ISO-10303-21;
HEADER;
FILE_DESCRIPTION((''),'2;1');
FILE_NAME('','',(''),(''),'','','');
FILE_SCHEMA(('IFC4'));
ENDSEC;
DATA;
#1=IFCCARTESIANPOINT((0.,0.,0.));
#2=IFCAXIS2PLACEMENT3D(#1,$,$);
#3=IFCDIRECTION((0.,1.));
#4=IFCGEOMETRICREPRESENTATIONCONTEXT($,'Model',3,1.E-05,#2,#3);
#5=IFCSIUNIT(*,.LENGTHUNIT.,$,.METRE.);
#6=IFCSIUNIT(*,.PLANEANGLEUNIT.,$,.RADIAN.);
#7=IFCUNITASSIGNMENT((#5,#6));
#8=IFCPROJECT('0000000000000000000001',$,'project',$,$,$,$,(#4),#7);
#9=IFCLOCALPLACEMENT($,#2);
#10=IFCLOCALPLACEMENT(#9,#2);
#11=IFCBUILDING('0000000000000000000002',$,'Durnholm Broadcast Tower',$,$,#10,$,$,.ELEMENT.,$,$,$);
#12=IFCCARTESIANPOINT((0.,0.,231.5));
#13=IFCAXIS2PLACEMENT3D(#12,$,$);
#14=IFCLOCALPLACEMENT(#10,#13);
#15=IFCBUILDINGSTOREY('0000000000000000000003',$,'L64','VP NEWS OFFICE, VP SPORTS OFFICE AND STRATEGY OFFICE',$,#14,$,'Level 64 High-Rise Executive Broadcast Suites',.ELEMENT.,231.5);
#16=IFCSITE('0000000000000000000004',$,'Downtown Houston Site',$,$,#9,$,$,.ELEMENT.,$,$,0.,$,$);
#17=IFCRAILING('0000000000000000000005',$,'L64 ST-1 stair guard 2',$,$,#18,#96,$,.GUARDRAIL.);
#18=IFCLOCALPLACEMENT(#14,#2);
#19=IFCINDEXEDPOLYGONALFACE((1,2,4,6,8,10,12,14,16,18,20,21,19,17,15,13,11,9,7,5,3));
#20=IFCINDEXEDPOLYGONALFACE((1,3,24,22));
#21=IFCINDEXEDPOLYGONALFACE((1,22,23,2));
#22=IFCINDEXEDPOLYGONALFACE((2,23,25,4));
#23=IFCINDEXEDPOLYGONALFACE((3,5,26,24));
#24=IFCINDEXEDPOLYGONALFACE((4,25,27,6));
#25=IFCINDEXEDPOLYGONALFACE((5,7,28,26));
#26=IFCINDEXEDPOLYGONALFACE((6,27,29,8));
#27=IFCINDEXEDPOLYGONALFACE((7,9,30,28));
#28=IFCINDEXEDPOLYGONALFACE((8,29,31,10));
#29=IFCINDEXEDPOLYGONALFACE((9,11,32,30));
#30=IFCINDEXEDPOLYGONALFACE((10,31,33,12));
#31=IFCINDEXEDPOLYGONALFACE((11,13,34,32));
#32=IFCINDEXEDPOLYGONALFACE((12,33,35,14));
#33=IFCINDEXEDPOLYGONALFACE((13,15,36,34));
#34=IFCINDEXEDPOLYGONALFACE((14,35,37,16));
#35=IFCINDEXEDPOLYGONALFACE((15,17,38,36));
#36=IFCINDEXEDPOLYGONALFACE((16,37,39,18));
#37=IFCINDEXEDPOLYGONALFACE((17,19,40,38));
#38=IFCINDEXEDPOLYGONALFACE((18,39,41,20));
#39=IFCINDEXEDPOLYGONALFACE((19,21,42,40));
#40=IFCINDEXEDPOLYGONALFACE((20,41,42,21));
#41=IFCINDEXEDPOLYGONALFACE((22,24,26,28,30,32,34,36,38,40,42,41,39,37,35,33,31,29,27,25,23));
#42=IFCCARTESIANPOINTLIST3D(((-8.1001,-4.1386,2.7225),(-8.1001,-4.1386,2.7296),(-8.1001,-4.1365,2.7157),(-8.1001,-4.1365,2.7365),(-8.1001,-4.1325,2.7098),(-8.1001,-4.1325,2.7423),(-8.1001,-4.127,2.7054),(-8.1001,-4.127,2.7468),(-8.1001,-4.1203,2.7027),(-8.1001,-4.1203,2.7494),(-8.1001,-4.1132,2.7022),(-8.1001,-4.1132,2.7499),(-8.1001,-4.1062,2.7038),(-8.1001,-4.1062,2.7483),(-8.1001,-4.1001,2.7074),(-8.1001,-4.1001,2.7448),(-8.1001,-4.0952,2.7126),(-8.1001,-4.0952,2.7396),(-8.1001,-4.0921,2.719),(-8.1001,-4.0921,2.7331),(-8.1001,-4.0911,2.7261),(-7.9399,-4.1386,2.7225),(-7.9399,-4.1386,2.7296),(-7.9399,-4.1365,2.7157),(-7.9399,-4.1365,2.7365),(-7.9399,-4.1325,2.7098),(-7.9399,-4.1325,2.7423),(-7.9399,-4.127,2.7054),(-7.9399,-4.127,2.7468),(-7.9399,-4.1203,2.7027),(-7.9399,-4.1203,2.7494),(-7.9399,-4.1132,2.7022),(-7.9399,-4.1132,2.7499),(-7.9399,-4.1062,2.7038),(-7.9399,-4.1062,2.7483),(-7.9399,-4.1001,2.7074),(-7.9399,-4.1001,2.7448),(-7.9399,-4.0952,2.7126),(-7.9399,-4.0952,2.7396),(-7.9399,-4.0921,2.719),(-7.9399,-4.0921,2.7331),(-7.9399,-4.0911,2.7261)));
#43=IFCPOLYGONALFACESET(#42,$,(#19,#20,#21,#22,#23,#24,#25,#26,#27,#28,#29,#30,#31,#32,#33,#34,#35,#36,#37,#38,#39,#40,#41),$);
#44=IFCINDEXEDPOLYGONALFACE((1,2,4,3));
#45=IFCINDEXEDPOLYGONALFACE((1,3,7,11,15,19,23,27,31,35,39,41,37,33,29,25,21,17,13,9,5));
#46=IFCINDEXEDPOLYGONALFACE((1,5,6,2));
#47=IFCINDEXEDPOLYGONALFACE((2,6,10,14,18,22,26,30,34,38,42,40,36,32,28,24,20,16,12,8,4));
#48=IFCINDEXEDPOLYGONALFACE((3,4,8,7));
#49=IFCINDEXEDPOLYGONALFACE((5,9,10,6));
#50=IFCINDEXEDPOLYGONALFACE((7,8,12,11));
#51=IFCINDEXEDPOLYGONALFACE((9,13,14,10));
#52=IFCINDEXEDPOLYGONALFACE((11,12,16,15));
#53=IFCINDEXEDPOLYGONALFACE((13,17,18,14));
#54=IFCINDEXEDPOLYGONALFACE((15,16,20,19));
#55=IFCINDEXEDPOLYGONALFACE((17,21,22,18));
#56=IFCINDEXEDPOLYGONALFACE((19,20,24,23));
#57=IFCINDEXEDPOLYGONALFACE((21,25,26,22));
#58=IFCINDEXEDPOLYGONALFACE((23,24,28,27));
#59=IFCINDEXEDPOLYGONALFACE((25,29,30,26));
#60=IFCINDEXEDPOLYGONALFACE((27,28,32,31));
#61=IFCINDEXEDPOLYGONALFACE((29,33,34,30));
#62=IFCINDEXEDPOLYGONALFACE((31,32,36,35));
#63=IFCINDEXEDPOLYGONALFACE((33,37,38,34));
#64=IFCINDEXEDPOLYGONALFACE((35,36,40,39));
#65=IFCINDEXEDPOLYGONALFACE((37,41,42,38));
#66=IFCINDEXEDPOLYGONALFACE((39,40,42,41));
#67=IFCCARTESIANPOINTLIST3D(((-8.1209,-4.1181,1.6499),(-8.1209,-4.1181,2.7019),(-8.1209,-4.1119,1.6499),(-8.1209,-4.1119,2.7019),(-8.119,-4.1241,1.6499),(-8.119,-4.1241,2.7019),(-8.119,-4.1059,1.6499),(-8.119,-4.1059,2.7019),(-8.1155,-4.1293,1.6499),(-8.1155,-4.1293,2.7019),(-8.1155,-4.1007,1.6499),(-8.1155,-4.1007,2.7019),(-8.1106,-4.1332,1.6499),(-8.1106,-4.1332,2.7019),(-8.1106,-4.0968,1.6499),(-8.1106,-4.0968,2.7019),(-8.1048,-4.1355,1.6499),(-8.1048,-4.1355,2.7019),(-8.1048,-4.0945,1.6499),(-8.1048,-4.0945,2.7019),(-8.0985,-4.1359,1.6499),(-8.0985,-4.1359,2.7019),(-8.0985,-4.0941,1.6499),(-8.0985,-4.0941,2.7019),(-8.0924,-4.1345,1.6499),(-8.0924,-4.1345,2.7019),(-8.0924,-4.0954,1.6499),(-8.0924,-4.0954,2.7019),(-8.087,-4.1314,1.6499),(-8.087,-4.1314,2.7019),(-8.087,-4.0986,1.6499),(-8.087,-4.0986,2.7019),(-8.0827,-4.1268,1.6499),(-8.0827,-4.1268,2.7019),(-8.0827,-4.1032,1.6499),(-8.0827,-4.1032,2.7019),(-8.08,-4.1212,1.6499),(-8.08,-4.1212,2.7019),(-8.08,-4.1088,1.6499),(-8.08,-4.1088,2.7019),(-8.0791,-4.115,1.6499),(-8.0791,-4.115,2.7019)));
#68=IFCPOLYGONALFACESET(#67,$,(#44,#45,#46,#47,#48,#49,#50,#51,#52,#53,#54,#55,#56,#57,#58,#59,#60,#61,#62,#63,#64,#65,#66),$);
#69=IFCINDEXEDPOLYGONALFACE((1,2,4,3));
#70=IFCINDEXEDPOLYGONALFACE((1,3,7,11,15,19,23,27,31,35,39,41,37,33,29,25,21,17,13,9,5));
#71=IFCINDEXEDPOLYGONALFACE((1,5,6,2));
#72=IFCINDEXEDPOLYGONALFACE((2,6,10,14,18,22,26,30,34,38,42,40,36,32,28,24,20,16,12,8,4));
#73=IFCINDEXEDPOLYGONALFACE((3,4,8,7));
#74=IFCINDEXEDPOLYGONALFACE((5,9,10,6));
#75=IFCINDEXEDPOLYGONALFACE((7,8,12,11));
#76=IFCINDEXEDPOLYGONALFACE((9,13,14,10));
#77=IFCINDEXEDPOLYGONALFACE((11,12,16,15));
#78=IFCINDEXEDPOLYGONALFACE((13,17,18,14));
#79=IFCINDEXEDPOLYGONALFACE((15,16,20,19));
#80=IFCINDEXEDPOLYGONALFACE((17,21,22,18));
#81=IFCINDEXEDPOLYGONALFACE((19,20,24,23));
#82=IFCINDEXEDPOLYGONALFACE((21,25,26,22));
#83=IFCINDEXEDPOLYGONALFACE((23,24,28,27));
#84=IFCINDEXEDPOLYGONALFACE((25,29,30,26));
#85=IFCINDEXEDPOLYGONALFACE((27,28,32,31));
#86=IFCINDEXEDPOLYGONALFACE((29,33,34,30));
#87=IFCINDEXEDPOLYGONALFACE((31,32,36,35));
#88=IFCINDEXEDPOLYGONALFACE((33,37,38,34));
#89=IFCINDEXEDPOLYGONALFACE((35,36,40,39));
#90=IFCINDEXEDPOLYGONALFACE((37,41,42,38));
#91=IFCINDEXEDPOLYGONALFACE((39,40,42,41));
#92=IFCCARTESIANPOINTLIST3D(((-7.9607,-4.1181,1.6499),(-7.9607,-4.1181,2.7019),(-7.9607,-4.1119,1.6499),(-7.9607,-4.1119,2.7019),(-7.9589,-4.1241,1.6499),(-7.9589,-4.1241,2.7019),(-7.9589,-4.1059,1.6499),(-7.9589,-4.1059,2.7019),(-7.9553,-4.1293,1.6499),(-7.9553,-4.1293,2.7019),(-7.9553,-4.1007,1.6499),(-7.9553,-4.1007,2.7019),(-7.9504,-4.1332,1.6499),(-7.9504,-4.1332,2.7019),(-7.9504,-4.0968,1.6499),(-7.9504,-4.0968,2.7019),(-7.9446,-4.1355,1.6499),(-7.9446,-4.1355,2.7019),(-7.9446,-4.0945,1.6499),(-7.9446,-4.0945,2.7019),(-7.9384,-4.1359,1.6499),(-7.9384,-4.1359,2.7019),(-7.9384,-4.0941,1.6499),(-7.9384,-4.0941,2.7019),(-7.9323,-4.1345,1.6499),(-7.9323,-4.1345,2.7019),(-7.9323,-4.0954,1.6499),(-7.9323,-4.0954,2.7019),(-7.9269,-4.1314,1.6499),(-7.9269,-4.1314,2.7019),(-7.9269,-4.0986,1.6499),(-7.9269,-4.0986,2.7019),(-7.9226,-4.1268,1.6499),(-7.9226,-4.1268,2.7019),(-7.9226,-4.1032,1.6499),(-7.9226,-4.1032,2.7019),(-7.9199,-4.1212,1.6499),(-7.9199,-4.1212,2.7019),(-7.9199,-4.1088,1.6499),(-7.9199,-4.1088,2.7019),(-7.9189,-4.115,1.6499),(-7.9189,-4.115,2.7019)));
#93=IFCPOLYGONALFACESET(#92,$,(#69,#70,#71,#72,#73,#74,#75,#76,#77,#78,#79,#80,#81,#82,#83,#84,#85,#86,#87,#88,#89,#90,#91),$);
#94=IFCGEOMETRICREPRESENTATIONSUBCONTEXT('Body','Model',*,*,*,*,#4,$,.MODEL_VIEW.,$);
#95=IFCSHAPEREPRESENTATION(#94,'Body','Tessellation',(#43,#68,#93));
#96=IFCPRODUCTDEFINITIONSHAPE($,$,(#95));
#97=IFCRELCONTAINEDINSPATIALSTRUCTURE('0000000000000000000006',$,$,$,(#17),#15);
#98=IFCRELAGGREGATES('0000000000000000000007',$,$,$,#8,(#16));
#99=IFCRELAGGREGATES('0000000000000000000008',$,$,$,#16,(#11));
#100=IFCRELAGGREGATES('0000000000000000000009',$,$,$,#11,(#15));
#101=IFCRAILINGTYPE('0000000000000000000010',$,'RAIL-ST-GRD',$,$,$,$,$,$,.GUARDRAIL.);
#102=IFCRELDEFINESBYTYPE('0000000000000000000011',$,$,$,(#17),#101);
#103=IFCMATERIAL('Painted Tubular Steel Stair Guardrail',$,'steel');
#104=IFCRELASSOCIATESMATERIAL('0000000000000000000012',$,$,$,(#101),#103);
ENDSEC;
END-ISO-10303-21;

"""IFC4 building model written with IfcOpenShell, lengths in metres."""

from ifc_helpers import new_model, si_unit, direction, frame, origin, origin_2d, place, context, subcontext, project, spatial, circle, extrude, material, type_object, element, save


model = new_model("IFC4")

# Units and contexts
model_context = context("Model", 3, precision=1e-05, world=origin(), true_north=direction((0.0, 1.0)))
body_context = subcontext(model_context, "Body", "Model", "MODEL_VIEW")
ifc_project = project(units=[si_unit("LENGTHUNIT", "METRE"), si_unit("PLANEANGLEUNIT", "RADIAN")], contexts=[model_context])

# Site, building, storey
site_placement = place(None, origin())
site = spatial("IfcSite", under=ifc_project, at=site_placement, Name="Downtown Houston Site", CompositionType="ELEMENT", RefElevation=0.0)
building_placement = place(site_placement, origin())
building = spatial("IfcBuilding", under=site, at=building_placement, Name="Durnholm Broadcast Tower", CompositionType="ELEMENT")
storey_placement = place(building_placement, frame((0.0, 0.0, 231.5)))
storey = spatial("IfcBuildingStorey", under=building, at=storey_placement, Name="L64", Description="VP NEWS OFFICE, VP SPORTS OFFICE AND STRATEGY OFFICE", LongName="Level 64 High-Rise Executive Broadcast Suites", CompositionType="ELEMENT", Elevation=231.5)

# Railing
ifc_material_1 = material(Name="Painted Tubular Steel Stair Guardrail", Category="steel")
railing_type_1 = type_object("IfcRailingType", Name="RAIL-ST-GRD", PredefinedType="GUARDRAIL", material=ifc_material_1)
railing_1_placement = place(storey_placement, frame((-8.1001, -4.115, 1.6499)))
element("IfcRailing", 1, at=railing_1_placement, inside=storey, type_object=railing_type_1, Name="L64 ST-1 stair guard 2", PredefinedType="GUARDRAIL", context=body_context, shape_type="SweptSolid", body=[
    extrude(circle(Radius=0.0239, at=origin_2d()), frame((0.0, 0.0, 1.0762), z_axis=(1.0, 0.0, 0.0), x_axis=(0.0, 1.0, 0.0)), (0.0, 0.0, 1.0), 0.1602),
    extrude(circle(Radius=0.021, at=origin_2d()), origin(), (0.0, 0.0, 1.0), 1.052),
    extrude(circle(Radius=0.021, at=origin_2d()), frame((0.1602, 0.0, 0.0)), (0.0, 0.0, 1.0), 1.052),
])

save(model, "model.ifc")
